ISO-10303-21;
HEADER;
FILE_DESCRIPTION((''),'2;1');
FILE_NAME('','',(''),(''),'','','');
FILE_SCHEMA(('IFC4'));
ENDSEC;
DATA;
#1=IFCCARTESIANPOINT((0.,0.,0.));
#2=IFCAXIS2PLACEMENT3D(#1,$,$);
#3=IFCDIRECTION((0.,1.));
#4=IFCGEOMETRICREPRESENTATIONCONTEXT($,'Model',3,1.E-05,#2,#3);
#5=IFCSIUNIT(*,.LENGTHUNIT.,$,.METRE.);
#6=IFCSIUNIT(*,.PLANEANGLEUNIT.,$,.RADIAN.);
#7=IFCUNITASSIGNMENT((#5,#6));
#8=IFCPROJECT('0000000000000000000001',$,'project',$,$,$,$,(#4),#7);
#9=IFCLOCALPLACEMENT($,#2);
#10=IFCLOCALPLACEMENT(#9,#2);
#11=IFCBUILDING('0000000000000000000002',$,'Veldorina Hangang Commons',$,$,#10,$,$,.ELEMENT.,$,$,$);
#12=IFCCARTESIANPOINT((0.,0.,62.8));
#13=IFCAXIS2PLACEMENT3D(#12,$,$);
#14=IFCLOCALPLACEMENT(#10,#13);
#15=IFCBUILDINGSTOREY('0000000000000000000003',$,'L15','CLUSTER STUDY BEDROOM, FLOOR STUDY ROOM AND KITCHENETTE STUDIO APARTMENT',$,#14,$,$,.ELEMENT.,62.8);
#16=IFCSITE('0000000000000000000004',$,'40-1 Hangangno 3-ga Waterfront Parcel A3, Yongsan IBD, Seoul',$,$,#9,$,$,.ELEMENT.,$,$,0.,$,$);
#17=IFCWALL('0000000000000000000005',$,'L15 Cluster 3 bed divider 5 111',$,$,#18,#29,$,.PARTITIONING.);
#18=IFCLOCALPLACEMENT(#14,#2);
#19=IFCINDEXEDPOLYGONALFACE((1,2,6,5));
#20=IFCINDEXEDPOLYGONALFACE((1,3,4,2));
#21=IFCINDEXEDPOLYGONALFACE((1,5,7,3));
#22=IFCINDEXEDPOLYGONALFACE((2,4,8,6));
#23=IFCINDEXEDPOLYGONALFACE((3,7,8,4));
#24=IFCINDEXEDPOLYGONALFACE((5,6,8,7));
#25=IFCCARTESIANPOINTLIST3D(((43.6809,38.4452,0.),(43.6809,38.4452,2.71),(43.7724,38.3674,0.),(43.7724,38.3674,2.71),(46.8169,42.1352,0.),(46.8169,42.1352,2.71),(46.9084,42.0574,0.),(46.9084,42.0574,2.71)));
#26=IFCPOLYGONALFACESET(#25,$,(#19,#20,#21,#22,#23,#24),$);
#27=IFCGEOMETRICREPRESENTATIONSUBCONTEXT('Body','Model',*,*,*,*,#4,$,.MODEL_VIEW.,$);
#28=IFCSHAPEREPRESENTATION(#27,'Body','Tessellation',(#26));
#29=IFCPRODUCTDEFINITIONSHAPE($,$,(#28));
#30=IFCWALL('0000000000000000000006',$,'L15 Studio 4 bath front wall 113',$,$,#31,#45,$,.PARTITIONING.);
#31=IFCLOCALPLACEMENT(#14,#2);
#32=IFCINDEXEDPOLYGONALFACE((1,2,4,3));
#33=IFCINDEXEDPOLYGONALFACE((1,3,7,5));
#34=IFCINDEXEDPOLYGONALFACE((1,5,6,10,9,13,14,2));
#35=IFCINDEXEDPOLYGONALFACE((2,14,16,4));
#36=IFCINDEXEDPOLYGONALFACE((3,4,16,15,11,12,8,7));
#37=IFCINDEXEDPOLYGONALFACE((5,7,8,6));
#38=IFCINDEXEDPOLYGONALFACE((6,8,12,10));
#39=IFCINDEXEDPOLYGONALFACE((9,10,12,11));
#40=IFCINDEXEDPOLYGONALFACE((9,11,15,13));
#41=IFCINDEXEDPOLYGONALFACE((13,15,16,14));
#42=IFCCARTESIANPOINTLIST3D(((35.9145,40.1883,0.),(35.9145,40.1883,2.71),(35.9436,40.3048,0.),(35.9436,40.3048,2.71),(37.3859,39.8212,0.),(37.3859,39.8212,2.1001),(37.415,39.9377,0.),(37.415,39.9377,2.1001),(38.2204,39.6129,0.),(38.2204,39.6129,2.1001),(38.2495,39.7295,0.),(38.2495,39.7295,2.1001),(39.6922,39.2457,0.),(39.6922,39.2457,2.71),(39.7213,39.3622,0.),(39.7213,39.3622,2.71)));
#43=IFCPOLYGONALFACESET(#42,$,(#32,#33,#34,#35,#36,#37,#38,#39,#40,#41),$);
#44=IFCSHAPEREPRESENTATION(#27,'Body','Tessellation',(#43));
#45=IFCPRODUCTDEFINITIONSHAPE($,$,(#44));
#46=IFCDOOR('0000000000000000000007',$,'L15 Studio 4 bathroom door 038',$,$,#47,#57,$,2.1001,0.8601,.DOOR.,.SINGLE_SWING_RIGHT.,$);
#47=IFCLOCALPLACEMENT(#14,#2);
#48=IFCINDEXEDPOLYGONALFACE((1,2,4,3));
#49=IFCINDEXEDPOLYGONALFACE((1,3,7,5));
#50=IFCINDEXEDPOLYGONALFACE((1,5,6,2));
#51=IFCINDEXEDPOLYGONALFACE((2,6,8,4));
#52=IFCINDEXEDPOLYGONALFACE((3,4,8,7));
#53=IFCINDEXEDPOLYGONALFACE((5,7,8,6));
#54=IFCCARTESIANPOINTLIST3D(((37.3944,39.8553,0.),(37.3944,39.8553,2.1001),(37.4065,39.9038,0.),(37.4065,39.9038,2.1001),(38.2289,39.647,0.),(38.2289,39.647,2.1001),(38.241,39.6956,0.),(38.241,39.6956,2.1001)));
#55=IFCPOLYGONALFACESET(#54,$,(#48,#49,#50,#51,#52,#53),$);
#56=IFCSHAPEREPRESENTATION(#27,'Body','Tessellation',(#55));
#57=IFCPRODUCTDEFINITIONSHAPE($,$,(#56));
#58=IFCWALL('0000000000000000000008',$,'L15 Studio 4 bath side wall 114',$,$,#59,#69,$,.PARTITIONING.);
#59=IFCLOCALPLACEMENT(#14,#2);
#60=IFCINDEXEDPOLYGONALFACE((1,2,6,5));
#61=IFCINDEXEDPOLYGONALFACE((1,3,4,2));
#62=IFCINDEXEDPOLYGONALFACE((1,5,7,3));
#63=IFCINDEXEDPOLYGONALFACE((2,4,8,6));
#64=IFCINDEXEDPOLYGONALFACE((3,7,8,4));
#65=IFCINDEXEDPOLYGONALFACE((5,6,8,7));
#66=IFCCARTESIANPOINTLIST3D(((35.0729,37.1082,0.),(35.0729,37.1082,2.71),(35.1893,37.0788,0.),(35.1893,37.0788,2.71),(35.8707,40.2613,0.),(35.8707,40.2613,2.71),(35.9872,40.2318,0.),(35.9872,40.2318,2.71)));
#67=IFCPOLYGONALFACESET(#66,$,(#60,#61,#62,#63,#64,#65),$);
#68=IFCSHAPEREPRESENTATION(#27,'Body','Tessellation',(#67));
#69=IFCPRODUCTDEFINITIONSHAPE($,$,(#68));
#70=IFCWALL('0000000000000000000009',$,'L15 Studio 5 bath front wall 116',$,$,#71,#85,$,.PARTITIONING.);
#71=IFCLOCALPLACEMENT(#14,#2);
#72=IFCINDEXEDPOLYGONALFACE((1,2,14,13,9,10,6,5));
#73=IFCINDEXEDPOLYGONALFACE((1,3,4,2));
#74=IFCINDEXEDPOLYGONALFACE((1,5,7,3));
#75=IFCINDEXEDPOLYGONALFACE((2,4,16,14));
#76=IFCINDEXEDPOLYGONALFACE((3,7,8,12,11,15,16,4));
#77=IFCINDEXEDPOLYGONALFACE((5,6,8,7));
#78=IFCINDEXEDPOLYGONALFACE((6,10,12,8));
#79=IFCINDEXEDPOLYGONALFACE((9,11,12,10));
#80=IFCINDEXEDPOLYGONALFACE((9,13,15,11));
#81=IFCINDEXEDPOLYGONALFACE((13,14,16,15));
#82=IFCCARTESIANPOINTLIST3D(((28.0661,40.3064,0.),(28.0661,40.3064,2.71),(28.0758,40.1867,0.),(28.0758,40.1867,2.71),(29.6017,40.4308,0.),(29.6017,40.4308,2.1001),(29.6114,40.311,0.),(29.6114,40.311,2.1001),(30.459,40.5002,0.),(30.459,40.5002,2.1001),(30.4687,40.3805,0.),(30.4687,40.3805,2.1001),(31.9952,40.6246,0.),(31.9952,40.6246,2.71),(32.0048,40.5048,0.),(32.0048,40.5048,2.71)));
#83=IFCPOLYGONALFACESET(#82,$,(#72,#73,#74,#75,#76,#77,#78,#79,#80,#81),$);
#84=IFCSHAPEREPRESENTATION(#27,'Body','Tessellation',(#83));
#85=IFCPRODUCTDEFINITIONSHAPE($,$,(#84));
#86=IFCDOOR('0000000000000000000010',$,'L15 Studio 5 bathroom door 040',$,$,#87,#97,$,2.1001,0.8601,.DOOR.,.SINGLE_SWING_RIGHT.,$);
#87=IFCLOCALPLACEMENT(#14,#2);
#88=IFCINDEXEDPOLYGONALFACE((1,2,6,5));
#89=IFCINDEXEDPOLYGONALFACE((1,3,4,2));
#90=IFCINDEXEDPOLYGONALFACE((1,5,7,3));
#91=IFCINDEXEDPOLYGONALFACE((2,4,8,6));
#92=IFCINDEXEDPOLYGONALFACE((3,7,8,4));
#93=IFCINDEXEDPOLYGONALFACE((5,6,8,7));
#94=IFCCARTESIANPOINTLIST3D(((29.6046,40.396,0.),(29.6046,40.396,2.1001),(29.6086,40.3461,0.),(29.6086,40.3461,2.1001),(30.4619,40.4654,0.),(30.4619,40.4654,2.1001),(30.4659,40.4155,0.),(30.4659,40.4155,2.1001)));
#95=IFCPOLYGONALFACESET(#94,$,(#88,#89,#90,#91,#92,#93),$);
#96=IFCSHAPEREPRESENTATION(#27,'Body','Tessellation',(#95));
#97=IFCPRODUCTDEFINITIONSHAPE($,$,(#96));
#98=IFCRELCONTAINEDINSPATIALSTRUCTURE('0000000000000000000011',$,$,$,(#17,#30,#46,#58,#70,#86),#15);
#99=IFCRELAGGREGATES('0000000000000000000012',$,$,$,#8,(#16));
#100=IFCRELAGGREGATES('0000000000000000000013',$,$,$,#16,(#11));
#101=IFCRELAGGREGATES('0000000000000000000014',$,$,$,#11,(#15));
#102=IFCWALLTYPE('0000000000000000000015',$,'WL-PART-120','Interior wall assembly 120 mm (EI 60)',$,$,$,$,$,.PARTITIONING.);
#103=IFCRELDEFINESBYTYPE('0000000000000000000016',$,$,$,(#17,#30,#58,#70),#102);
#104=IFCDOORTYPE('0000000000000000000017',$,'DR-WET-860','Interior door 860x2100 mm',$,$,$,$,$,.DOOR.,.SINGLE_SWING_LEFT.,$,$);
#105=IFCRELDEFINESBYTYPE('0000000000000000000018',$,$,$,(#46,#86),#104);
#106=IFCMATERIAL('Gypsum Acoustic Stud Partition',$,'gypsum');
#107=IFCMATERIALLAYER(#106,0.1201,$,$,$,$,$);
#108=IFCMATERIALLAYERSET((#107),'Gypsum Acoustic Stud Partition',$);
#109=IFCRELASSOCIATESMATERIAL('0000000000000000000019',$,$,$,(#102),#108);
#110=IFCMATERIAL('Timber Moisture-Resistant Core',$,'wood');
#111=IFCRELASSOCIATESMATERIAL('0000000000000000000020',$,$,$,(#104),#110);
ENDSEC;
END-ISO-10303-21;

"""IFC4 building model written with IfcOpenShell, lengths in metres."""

from ifc_helpers import new_model, si_unit, direction, frame, frame_2d, origin, place, context, subcontext, project, spatial, rectangle, extrude, material, layer, layer_set, type_object, element, fill, save


model = new_model("IFC4")

# Units and contexts
model_context = context("Model", 3, precision=1e-05, world=origin(), true_north=direction((0.0, 1.0)))
body_context = subcontext(model_context, "Body", "Model", "MODEL_VIEW")
ifc_project = project(units=[si_unit("LENGTHUNIT", "METRE"), si_unit("PLANEANGLEUNIT", "RADIAN")], contexts=[model_context])

# Site, building, storey
site_placement = place(None, origin())
site = spatial("IfcSite", under=ifc_project, at=site_placement, Name="40-1 Hangangno 3-ga Waterfront Parcel A3, Yongsan IBD, Seoul", CompositionType="ELEMENT", RefElevation=0.0)
building_placement = place(site_placement, origin())
building = spatial("IfcBuilding", under=site, at=building_placement, Name="Veldorina Hangang Commons", CompositionType="ELEMENT")
storey_placement = place(building_placement, frame((0.0, 0.0, 62.8)))
storey = spatial("IfcBuildingStorey", under=building, at=storey_placement, Name="L15", Description="CLUSTER STUDY BEDROOM, FLOOR STUDY ROOM AND KITCHENETTE STUDIO APARTMENT", CompositionType="ELEMENT", Elevation=62.8)

# Shared definitions
ifc_material_1 = material(Name="Gypsum Acoustic Stud Partition", Category="gypsum")
ifc_layer_1 = layer(ifc_material_1, 0.1201)
ifc_layer_set_1 = layer_set([ifc_layer_1], Name="Gypsum Acoustic Stud Partition")
wall_type_1 = type_object("IfcWallType", Name="WL-PART-120", Description="Interior wall assembly 120 mm (EI 60)", PredefinedType="PARTITIONING", material=ifc_layer_set_1)

# Wall
wall_1_placement = place(storey_placement, frame((43.7266, 38.4062, 0.0), z_axis=(0.0, 0.0, 1.0), x_axis=(0.647593, 0.761987, 0.0)))
element("IfcWall", 1, at=wall_1_placement, inside=storey, type_object=wall_type_1, Name="L15 Cluster 3 bed divider 5 111", PredefinedType="PARTITIONING", context=body_context, shape_type="SweptSolid", body=[
    extrude(rectangle(XDim=4.8425, YDim=0.1201, at=frame_2d((2.4214, 0.0))), origin(), (0.0, 0.0, 1.0), 2.71),
])

# Wall, opening, door
wall_2_placement = place(storey_placement, frame((39.7068, 39.304, 0.0), z_axis=(0.0, 0.0, 1.0), x_axis=(-0.970253, 0.242093, 0.0)))
wall_2 = element("IfcWall", 2, at=wall_2_placement, inside=storey, type_object=wall_type_1, Name="L15 Studio 4 bath front wall 113", PredefinedType="PARTITIONING", context=body_context, shape_type="SweptSolid", body=[
    extrude(rectangle(XDim=3.8936, YDim=0.1201, at=frame_2d((1.9468, 0.0))), origin(), (0.0, 0.0, 1.0), 2.71),
])
opening_1_placement = place(wall_2_placement, frame((1.5168, 0.0, 0.0)))
opening_1 = element("IfcOpeningElement", 3, at=opening_1_placement, cuts=wall_2, PredefinedType="OPENING", context=body_context, shape_type="SweptSolid", body=[
    extrude(rectangle(XDim=0.8601, YDim=2.1001, at=frame_2d((0.4302, 1.05))), frame((0.0, 0.0701, 0.0), z_axis=(0.0, -1.0, 0.0), x_axis=(1.0, 0.0, 0.0)), (0.0, 0.0, 1.0), 0.1401),
])
ifc_material_2 = material(Name="Timber Moisture-Resistant Core", Category="wood")
door_type_1 = type_object("IfcDoorType", Name="DR-WET-860", Description="Interior door 860x2100 mm", OperationType="SINGLE_SWING_LEFT", PredefinedType="DOOR", material=ifc_material_2)
door_1_placement = place(opening_1_placement, origin())
door_1 = element("IfcDoor", 4, at=door_1_placement, inside=storey, type_object=door_type_1, Name="L15 Studio 4 bathroom door 038", OperationType="SINGLE_SWING_RIGHT", OverallHeight=2.1001, OverallWidth=0.8601, PredefinedType="DOOR", context=body_context, shape_type="SweptSolid", body=[
    extrude(rectangle(XDim=0.8601, YDim=2.1001, at=frame_2d((0.4302, 1.05))), frame((0.0, 0.0249, 0.0), z_axis=(0.0, -1.0, 0.0), x_axis=(1.0, 0.0, 0.0)), (0.0, 0.0, 1.0), 0.05),
])
fill(opening_1, door_1)

# Wall
wall_3_placement = place(storey_placement, frame((35.1311, 37.0935, 0.0), z_axis=(0.0, 0.0, 1.0), x_axis=(0.245308, 0.969445, 0.0)))
element("IfcWall", 5, at=wall_3_placement, inside=storey, type_object=wall_type_1, Name="L15 Studio 4 bath side wall 114", PredefinedType="PARTITIONING", context=body_context, shape_type="SweptSolid", body=[
    extrude(rectangle(XDim=3.2524, YDim=0.1201, at=frame_2d((1.6262, 0.0))), origin(), (0.0, 0.0, 1.0), 2.71),
])

# Wall, opening, door
wall_4_placement = place(storey_placement, frame((32.0, 40.5647, 0.0), z_axis=(0.0, 0.0, 1.0), x_axis=(-0.996738, -0.080703, 0.0)))
wall_4 = element("IfcWall", 6, at=wall_4_placement, inside=storey, type_object=wall_type_1, Name="L15 Studio 5 bath front wall 116", PredefinedType="PARTITIONING", context=body_context, shape_type="SweptSolid", body=[
    extrude(rectangle(XDim=3.9419, YDim=0.1201, at=frame_2d((1.9709, 0.0))), origin(), (0.0, 0.0, 1.0), 2.71),
])
opening_2_placement = place(wall_4_placement, frame((1.541, 0.0, 0.0)))
opening_2 = element("IfcOpeningElement", 7, at=opening_2_placement, cuts=wall_4, PredefinedType="OPENING", context=body_context, shape_type="SweptSolid", body=[
    extrude(rectangle(XDim=0.8601, YDim=2.1001, at=frame_2d((0.4302, 1.05))), frame((0.0, 0.0701, 0.0), z_axis=(0.0, -1.0, 0.0), x_axis=(1.0, 0.0, 0.0)), (0.0, 0.0, 1.0), 0.1401),
])
door_2_placement = place(opening_2_placement, origin())
door_2 = element("IfcDoor", 8, at=door_2_placement, inside=storey, type_object=door_type_1, Name="L15 Studio 5 bathroom door 040", OperationType="SINGLE_SWING_RIGHT", OverallHeight=2.1001, OverallWidth=0.8601, PredefinedType="DOOR", context=body_context, shape_type="SweptSolid", body=[
    extrude(rectangle(XDim=0.8601, YDim=2.1001, at=frame_2d((0.4302, 1.05))), frame((0.0, 0.0249, 0.0), z_axis=(0.0, -1.0, 0.0), x_axis=(1.0, 0.0, 0.0)), (0.0, 0.0, 1.0), 0.05),
])
fill(opening_2, door_2)

save(model, "model.ifc")
